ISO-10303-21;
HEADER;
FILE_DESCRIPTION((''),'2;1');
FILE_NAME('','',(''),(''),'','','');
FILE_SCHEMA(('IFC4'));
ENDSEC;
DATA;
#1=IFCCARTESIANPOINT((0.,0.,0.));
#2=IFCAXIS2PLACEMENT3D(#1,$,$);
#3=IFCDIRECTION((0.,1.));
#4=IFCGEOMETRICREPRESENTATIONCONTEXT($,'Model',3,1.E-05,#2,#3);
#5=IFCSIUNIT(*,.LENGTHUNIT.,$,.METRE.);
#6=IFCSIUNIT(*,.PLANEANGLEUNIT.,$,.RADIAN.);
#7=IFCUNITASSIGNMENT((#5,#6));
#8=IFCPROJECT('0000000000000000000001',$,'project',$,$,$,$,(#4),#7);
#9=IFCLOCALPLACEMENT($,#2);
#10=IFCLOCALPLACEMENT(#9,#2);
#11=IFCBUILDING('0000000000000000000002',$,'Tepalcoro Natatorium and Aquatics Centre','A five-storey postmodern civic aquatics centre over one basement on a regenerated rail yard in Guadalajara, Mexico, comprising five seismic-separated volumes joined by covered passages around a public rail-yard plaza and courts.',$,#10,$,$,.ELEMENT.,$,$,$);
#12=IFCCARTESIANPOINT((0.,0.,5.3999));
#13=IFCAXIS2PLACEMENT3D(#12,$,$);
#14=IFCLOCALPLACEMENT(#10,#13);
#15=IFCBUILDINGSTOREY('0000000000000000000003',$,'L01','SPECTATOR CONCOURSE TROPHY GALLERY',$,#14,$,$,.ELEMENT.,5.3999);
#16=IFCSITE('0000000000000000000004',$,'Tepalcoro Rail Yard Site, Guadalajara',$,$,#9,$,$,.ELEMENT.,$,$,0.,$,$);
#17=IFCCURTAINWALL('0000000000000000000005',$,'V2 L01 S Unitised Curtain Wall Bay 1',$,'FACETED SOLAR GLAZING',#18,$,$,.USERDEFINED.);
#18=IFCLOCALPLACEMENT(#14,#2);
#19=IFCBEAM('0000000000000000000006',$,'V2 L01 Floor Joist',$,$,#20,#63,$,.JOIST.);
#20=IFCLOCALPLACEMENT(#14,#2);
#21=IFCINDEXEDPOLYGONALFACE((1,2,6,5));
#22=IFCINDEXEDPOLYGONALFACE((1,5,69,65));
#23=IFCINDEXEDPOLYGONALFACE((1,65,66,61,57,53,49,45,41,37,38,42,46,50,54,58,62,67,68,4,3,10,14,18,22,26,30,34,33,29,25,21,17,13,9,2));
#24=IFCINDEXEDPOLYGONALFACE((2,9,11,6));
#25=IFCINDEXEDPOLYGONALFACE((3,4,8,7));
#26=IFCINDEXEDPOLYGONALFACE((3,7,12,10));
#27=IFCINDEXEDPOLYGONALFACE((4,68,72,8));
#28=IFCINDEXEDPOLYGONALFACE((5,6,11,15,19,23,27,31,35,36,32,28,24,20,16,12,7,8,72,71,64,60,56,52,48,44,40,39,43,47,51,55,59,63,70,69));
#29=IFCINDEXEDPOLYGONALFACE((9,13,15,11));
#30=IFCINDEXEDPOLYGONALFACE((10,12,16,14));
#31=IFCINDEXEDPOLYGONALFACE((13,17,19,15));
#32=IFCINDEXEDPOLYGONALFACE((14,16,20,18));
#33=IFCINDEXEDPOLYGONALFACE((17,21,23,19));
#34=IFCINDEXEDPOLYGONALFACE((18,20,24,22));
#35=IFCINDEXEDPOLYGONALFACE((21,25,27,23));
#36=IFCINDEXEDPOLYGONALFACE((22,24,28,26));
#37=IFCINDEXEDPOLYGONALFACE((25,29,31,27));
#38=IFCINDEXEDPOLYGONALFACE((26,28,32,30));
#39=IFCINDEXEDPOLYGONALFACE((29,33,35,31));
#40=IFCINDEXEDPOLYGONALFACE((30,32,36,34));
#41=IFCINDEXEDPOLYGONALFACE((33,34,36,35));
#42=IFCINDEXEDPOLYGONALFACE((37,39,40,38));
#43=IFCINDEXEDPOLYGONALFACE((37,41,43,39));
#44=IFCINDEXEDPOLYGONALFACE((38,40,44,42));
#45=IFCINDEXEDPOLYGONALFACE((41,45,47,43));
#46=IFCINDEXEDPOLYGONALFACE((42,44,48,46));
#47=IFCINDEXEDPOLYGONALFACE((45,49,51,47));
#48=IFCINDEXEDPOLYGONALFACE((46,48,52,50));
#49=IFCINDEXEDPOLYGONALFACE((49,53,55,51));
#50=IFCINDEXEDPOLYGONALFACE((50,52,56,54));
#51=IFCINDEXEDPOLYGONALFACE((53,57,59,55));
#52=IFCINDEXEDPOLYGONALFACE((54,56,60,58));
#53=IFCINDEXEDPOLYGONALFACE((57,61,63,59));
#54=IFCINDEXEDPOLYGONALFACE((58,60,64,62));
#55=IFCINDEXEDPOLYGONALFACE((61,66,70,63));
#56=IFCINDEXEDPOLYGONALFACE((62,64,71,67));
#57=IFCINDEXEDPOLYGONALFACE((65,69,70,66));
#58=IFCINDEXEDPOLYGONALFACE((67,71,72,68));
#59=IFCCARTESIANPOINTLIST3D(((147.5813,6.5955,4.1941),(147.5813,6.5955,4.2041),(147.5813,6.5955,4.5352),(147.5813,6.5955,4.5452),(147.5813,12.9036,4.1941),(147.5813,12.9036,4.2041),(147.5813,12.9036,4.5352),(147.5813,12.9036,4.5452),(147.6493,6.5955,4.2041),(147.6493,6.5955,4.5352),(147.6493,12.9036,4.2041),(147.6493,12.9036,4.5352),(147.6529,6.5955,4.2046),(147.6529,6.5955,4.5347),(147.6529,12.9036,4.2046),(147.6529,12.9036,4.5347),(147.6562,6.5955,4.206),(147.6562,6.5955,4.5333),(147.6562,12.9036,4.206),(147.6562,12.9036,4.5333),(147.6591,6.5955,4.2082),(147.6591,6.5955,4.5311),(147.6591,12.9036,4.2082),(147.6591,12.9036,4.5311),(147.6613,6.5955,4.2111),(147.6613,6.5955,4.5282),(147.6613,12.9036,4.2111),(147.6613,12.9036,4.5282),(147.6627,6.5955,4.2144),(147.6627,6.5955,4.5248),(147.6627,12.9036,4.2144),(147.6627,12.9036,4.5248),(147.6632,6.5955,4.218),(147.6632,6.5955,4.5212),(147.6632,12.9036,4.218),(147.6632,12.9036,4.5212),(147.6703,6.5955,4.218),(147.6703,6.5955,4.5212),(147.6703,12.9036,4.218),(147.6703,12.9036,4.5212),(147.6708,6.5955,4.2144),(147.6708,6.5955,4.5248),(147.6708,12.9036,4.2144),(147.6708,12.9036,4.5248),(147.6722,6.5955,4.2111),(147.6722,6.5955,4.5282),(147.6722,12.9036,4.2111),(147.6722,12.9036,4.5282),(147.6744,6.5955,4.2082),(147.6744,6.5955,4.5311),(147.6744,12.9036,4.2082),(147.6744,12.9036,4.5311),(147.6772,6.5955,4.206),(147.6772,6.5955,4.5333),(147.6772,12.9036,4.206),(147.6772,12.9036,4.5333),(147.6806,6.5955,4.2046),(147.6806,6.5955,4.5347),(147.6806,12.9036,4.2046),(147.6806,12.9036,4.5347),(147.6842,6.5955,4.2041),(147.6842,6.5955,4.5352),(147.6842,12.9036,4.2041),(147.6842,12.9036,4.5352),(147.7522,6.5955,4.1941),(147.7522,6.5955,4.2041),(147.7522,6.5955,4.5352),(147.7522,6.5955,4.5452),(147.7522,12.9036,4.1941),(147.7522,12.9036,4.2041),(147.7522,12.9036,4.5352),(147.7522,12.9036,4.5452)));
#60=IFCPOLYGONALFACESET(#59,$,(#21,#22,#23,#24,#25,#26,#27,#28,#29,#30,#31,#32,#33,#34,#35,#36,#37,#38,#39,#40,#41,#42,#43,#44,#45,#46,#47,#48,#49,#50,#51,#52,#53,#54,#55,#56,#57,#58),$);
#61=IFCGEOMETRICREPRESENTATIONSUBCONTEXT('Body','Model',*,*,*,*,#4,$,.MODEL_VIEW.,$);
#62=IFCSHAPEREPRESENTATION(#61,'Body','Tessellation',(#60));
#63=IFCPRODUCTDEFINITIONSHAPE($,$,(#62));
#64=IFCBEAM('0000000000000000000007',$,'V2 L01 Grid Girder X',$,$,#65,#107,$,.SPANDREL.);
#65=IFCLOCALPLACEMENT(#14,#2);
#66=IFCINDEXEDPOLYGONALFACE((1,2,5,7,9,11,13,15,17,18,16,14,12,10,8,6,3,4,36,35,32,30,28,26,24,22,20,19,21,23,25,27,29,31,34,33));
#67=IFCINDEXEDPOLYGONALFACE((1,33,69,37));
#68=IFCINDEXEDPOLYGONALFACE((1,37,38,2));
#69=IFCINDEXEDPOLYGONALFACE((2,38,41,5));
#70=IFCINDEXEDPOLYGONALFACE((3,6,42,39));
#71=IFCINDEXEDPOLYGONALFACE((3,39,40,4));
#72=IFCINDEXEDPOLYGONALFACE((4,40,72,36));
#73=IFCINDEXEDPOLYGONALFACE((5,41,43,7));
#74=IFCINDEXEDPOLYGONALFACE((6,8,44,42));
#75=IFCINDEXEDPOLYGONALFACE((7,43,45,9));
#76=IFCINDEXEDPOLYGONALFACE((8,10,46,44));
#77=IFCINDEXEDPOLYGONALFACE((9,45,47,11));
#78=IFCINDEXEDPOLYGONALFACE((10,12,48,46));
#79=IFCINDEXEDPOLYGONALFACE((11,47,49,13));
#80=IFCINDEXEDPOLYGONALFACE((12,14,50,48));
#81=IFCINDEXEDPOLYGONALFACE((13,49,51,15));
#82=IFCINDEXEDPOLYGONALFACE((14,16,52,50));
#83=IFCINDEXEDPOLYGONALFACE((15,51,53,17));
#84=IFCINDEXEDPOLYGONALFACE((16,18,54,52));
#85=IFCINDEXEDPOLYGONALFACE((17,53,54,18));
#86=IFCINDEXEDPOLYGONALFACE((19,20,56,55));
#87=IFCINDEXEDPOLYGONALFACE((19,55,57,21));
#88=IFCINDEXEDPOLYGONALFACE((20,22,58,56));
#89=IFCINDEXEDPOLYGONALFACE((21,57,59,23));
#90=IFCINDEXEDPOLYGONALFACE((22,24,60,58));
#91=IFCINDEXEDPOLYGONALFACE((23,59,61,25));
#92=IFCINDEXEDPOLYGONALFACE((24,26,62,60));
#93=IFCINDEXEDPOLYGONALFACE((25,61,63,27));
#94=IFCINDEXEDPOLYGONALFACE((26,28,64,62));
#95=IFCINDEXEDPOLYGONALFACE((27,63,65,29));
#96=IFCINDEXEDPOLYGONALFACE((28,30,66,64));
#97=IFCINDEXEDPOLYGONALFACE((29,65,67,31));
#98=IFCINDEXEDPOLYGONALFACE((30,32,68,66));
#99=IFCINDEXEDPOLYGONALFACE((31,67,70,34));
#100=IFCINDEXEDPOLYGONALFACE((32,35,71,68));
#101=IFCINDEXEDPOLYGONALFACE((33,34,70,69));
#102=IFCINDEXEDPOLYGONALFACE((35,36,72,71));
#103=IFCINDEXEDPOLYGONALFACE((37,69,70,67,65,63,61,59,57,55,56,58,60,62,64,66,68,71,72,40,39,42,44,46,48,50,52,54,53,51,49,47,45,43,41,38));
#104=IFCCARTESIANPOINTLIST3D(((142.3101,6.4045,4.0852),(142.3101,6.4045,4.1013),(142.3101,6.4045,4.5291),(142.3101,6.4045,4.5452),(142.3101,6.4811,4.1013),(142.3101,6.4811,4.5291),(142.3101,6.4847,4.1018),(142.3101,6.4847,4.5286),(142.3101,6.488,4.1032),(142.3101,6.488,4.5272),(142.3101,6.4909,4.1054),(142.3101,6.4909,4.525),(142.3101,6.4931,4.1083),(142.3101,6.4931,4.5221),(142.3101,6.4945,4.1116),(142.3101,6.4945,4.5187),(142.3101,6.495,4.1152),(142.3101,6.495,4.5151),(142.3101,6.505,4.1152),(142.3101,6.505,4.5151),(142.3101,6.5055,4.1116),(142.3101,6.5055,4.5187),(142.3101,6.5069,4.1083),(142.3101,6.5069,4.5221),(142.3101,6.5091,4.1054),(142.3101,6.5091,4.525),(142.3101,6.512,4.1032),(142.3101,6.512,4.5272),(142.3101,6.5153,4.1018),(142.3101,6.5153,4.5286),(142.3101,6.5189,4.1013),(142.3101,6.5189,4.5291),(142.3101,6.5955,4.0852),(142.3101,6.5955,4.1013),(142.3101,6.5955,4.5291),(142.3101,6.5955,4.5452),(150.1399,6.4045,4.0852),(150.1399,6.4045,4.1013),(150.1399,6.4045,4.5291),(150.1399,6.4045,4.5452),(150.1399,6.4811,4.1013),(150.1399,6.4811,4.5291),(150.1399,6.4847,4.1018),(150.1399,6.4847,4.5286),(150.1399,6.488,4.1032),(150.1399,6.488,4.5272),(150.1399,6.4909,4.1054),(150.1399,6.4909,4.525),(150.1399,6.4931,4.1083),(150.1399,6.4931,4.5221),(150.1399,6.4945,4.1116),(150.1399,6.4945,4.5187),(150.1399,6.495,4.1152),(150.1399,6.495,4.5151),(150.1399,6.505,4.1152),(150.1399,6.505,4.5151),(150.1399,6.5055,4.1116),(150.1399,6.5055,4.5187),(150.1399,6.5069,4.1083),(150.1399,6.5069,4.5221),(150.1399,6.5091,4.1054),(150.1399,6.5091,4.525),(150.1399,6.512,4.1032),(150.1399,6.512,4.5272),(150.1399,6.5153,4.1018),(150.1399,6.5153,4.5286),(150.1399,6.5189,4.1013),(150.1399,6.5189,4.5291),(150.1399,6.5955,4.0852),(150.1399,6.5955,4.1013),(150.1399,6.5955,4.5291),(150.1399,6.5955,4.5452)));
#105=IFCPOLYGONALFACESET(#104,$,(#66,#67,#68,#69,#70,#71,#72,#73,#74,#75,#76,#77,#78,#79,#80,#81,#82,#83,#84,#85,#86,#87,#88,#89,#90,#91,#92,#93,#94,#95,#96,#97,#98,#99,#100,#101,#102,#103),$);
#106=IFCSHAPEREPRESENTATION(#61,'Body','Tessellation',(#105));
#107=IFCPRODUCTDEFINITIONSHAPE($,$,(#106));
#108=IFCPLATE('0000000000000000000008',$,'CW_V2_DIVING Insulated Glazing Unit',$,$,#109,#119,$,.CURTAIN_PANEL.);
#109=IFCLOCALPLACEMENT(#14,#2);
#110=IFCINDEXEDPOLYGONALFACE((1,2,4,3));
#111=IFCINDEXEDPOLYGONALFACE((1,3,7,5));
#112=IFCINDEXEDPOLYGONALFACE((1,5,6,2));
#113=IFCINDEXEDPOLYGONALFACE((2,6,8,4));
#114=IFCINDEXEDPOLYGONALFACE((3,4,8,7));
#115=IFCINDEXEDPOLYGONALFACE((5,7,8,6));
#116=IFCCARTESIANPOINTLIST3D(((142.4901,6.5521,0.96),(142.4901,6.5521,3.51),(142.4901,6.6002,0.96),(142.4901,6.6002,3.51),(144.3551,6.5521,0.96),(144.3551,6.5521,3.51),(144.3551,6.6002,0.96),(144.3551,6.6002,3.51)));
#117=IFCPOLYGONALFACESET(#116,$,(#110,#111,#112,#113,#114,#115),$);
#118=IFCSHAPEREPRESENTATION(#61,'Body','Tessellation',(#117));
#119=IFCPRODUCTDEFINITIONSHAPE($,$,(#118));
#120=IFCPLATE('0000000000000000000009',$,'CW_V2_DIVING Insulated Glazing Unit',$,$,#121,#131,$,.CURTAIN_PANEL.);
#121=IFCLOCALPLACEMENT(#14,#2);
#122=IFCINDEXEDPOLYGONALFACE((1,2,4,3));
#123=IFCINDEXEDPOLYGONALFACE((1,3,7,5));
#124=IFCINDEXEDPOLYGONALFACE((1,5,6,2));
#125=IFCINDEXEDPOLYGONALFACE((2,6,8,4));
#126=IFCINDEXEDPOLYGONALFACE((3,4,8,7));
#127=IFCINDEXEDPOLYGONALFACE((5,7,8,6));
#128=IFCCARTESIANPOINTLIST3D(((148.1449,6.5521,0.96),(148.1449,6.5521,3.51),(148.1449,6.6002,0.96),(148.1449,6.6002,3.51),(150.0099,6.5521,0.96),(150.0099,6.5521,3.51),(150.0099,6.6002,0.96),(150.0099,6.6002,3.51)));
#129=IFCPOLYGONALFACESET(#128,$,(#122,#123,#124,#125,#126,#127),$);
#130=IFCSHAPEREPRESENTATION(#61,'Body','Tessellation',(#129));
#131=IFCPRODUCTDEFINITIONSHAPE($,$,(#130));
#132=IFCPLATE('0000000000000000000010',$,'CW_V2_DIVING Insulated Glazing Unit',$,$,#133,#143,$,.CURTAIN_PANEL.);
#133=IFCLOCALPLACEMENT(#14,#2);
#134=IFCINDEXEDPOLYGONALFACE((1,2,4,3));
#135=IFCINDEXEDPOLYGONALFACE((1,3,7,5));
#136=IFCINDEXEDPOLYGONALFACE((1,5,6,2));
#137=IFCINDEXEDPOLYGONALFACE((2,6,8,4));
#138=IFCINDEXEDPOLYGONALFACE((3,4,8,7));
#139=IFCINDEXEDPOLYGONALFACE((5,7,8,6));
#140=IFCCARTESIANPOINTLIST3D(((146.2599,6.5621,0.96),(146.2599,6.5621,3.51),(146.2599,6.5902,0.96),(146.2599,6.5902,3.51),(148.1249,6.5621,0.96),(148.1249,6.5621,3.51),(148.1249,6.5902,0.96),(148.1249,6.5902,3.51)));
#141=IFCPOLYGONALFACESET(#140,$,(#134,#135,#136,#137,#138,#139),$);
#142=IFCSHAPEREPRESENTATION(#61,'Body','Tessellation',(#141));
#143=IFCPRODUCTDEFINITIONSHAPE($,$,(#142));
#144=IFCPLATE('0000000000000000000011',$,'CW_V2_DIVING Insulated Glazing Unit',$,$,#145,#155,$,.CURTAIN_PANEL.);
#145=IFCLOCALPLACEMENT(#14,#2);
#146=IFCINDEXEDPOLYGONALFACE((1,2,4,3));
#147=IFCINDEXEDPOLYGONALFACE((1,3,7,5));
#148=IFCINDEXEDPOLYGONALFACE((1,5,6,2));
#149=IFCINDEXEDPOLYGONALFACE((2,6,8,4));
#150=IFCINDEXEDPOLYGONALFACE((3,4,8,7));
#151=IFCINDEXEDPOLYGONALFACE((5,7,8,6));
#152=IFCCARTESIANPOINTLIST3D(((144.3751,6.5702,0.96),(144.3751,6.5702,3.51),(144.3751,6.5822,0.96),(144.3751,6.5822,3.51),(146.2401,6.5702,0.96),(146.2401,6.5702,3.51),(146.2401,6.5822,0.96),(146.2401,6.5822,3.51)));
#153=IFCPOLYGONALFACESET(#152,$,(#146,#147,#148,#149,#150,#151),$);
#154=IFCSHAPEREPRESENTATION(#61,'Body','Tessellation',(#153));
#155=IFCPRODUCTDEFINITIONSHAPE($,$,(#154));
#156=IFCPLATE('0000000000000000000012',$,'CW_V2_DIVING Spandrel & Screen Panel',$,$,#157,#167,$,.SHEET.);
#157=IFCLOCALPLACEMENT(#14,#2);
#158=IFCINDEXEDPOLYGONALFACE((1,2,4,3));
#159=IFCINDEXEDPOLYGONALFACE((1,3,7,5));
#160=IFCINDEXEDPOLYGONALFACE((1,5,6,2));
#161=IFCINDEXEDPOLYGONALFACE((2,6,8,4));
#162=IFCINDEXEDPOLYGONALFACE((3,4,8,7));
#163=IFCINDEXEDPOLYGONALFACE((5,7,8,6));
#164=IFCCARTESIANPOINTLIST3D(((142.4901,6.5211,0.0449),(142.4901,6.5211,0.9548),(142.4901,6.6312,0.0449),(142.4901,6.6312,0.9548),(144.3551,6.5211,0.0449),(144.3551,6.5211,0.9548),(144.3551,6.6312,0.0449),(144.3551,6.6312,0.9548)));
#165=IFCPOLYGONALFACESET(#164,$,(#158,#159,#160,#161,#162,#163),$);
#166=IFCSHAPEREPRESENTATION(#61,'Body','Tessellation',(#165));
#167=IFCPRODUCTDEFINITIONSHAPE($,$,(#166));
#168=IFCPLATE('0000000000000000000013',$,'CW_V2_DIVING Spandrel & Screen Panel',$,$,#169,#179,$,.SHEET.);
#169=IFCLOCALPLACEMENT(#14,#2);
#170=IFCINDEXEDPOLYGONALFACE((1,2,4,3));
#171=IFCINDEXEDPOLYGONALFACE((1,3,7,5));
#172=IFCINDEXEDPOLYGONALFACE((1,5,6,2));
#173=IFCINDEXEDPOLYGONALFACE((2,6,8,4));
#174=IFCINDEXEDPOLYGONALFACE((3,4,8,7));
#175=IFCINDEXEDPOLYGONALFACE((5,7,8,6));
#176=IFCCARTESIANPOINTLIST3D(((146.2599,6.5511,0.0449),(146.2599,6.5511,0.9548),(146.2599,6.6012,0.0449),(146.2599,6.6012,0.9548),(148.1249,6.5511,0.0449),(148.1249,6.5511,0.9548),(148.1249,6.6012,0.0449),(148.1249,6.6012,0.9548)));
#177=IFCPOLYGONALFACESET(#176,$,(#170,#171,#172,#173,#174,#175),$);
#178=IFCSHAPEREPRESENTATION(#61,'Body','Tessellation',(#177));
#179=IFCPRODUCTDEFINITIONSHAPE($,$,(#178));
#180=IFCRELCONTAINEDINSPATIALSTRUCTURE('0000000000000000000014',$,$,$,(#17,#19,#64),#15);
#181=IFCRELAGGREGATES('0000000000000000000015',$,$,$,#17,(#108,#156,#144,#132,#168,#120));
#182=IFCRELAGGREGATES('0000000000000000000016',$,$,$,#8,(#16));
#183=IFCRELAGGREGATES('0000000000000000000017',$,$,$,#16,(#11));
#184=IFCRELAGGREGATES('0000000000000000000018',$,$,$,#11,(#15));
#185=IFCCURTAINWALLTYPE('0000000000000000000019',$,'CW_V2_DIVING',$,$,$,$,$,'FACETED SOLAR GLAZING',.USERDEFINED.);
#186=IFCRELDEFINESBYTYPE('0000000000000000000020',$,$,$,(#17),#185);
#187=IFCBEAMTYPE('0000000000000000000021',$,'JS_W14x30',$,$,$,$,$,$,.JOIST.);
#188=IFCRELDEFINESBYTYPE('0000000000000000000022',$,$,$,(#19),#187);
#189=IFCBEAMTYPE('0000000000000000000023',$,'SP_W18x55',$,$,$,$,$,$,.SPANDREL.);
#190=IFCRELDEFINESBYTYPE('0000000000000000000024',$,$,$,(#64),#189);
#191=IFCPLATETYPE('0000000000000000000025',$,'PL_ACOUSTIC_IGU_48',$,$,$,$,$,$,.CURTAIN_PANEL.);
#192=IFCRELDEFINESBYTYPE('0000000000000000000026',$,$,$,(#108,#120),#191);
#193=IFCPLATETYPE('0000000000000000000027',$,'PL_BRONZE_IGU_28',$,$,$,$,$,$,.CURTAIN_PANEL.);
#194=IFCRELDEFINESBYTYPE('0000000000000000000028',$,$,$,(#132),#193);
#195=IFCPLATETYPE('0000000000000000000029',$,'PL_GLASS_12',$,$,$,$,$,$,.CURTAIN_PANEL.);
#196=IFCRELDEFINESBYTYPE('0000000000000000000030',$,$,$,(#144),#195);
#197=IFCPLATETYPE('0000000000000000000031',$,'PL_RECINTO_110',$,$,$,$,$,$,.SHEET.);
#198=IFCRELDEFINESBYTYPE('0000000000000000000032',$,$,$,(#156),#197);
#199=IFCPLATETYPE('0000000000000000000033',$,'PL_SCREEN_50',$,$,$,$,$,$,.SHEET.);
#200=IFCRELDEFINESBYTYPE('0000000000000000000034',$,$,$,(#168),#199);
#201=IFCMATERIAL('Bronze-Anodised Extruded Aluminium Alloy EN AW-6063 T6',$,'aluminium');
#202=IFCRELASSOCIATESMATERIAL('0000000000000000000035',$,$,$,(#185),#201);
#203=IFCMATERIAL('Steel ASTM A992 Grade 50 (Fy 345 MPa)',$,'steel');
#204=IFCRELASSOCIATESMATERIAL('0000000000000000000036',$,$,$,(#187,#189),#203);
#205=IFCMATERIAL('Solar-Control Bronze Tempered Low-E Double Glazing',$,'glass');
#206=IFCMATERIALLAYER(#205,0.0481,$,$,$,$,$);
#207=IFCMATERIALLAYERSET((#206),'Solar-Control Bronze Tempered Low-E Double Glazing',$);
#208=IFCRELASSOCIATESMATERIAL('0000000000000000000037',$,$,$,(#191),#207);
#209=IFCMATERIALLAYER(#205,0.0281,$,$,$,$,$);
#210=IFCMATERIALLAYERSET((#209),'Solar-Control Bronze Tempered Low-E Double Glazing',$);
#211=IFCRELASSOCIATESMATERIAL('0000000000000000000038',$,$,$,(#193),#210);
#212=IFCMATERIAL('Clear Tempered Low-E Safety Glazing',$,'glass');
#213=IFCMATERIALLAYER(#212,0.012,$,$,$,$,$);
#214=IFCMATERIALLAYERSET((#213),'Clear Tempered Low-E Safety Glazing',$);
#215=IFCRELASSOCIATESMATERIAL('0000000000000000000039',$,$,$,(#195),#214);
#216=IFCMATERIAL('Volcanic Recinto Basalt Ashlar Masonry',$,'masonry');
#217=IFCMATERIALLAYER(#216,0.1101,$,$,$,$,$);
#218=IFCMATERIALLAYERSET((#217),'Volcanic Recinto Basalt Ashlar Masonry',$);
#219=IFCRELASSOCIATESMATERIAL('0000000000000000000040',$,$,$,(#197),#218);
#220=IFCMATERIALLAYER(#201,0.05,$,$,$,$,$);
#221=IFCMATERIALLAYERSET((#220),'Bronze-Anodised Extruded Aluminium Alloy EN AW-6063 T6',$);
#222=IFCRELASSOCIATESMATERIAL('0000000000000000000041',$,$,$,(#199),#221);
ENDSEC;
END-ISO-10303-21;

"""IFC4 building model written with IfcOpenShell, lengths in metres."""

from ifc_helpers import new_model, si_unit, direction, frame, origin, origin_2d, place, context, subcontext, project, spatial, rectangle, i_section, extrude, material, layer, layer_set, material_profile, profile_set, type_object, element, aggregate, save


model = new_model("IFC4")

# Units and contexts
model_context = context("Model", 3, precision=1e-05, world=origin(), true_north=direction((0.0, 1.0)))
body_context = subcontext(model_context, "Body", "Model", "MODEL_VIEW")
ifc_project = project(units=[si_unit("LENGTHUNIT", "METRE"), si_unit("PLANEANGLEUNIT", "RADIAN")], contexts=[model_context])

# Site, building, storey
site_placement = place(None, origin())
site = spatial("IfcSite", under=ifc_project, at=site_placement, Name="Tepalcoro Rail Yard Site, Guadalajara", CompositionType="ELEMENT", RefElevation=0.0)
building_placement = place(site_placement, origin())
building = spatial("IfcBuilding", under=site, at=building_placement, Name="Tepalcoro Natatorium and Aquatics Centre", Description="A five-storey postmodern civic aquatics centre over one basement on a regenerated rail yard in Guadalajara, Mexico, comprising five seismic-separated volumes joined by covered passages around a public rail-yard plaza and courts.", CompositionType="ELEMENT")
storey_placement = place(building_placement, frame((0.0, 0.0, 5.3999)))
storey = spatial("IfcBuildingStorey", under=building, at=storey_placement, Name="L01", Description="SPECTATOR CONCOURSE TROPHY GALLERY", CompositionType="ELEMENT", Elevation=5.3999)

# Curtain wall
ifc_material_1 = material(Name="Bronze-Anodised Extruded Aluminium Alloy EN AW-6063 T6", Category="aluminium")
curtain_wall_type = type_object("IfcCurtainWallType", Name="CW_V2_DIVING", ElementType="FACETED SOLAR GLAZING", PredefinedType="USERDEFINED", material=ifc_material_1)
curtain_wall_placement = place(storey_placement, origin())
curtain_wall = element("IfcCurtainWall", 1, at=curtain_wall_placement, inside=storey, type_object=curtain_wall_type, Name="V2 L01 S Unitised Curtain Wall Bay 1", ObjectType="FACETED SOLAR GLAZING", PredefinedType="USERDEFINED")

# Beams
ifc_material_2 = material(Name="Steel ASTM A992 Grade 50 (Fy 345 MPa)", Category="steel")
ifc_material_profile_1 = material_profile(ifc_material_2, i_section(OverallWidth=0.1709, OverallDepth=0.3511, WebThickness=0.0071, FlangeThickness=0.01, FilletRadius=0.0139, at=origin_2d()), Name="W14X30")
ifc_profile_set_1 = profile_set([ifc_material_profile_1], Name="Steel ASTM A992 Grade 50 (Fy 345 MPa)")
beam_type_1 = type_object("IfcBeamType", Name="JS_W14x30", PredefinedType="JOIST", material=ifc_profile_set_1)
beam_1_placement = place(storey_placement, frame((147.6667, 6.5955, 4.3696), z_axis=(0.0, 1.0, 0.0), x_axis=(-1.0, 0.0, 0.0)))
element("IfcBeam", 2, at=beam_1_placement, inside=storey, type_object=beam_type_1, Name="V2 L01 Floor Joist", PredefinedType="JOIST", context=body_context, shape_type="SweptSolid", body=[
    extrude(i_section(OverallWidth=0.1709, OverallDepth=0.3511, WebThickness=0.0071, FlangeThickness=0.01, FilletRadius=0.0139, at=origin_2d()), origin(), (0.0, 0.0, 1.0), 6.3081),
])
ifc_material_profile_2 = material_profile(ifc_material_2, i_section(OverallWidth=0.1909, OverallDepth=0.46, WebThickness=0.01, FlangeThickness=0.0161, FilletRadius=0.0139, at=origin_2d()), Name="W18X55")
ifc_profile_set_2 = profile_set([ifc_material_profile_2], Name="Steel ASTM A992 Grade 50 (Fy 345 MPa)")
beam_type_2 = type_object("IfcBeamType", Name="SP_W18x55", PredefinedType="SPANDREL", material=ifc_profile_set_2)
beam_2_placement = place(storey_placement, frame((142.3101, 6.5, 4.3152), z_axis=(1.0, 0.0, 0.0), x_axis=(0.0, 1.0, 0.0)))
element("IfcBeam", 3, at=beam_2_placement, inside=storey, type_object=beam_type_2, Name="V2 L01 Grid Girder X", PredefinedType="SPANDREL", context=body_context, shape_type="SweptSolid", body=[
    extrude(i_section(OverallWidth=0.1909, OverallDepth=0.46, WebThickness=0.01, FlangeThickness=0.0161, FilletRadius=0.0139, at=origin_2d()), origin(), (0.0, 0.0, 1.0), 7.8298),
])

# Plates
ifc_material_3 = material(Name="Solar-Control Bronze Tempered Low-E Double Glazing", Category="glass")
ifc_layer_1 = layer(ifc_material_3, 0.0481)
ifc_layer_set_1 = layer_set([ifc_layer_1], Name="Solar-Control Bronze Tempered Low-E Double Glazing")
plate_type_1 = type_object("IfcPlateType", Name="PL_ACOUSTIC_IGU_48", PredefinedType="CURTAIN_PANEL", material=ifc_layer_set_1)
plate_1_placement = place(storey_placement, frame((143.4226, 6.5762, 0.96), z_axis=(0.0, 0.0, 1.0), x_axis=(1.0, 0.0, 0.0)))
plate_1 = element("IfcPlate", 4, at=plate_1_placement, type_object=plate_type_1, Name="CW_V2_DIVING Insulated Glazing Unit", PredefinedType="CURTAIN_PANEL", context=body_context, shape_type="SweptSolid", body=[
    extrude(rectangle(XDim=1.865, YDim=0.0481, at=origin_2d()), origin(), (0.0, 0.0, 1.0), 2.55),
])
plate_2_placement = place(storey_placement, frame((149.0774, 6.5762, 0.96), z_axis=(0.0, 0.0, 1.0), x_axis=(1.0, 0.0, 0.0)))
plate_2 = element("IfcPlate", 5, at=plate_2_placement, type_object=plate_type_1, Name="CW_V2_DIVING Insulated Glazing Unit", PredefinedType="CURTAIN_PANEL", context=body_context, shape_type="SweptSolid", body=[
    extrude(rectangle(XDim=1.865, YDim=0.0481, at=origin_2d()), origin(), (0.0, 0.0, 1.0), 2.55),
])
ifc_layer_2 = layer(ifc_material_3, 0.0281)
ifc_layer_set_2 = layer_set([ifc_layer_2], Name="Solar-Control Bronze Tempered Low-E Double Glazing")
plate_type_2 = type_object("IfcPlateType", Name="PL_BRONZE_IGU_28", PredefinedType="CURTAIN_PANEL", material=ifc_layer_set_2)
plate_3_placement = place(storey_placement, frame((147.1924, 6.5762, 0.96), z_axis=(0.0, 0.0, 1.0), x_axis=(1.0, 0.0, 0.0)))
plate_3 = element("IfcPlate", 6, at=plate_3_placement, type_object=plate_type_2, Name="CW_V2_DIVING Insulated Glazing Unit", PredefinedType="CURTAIN_PANEL", context=body_context, shape_type="SweptSolid", body=[
    extrude(rectangle(XDim=1.865, YDim=0.0281, at=origin_2d()), origin(), (0.0, 0.0, 1.0), 2.55),
])
ifc_material_4 = material(Name="Clear Tempered Low-E Safety Glazing", Category="glass")
ifc_layer_3 = layer(ifc_material_4, 0.012)
ifc_layer_set_3 = layer_set([ifc_layer_3], Name="Clear Tempered Low-E Safety Glazing")
plate_type_3 = type_object("IfcPlateType", Name="PL_GLASS_12", PredefinedType="CURTAIN_PANEL", material=ifc_layer_set_3)
plate_4_placement = place(storey_placement, frame((145.3076, 6.5762, 0.96), z_axis=(0.0, 0.0, 1.0), x_axis=(1.0, 0.0, 0.0)))
plate_4 = element("IfcPlate", 7, at=plate_4_placement, type_object=plate_type_3, Name="CW_V2_DIVING Insulated Glazing Unit", PredefinedType="CURTAIN_PANEL", context=body_context, shape_type="SweptSolid", body=[
    extrude(rectangle(XDim=1.865, YDim=0.012, at=origin_2d()), origin(), (0.0, 0.0, 1.0), 2.55),
])
ifc_material_5 = material(Name="Volcanic Recinto Basalt Ashlar Masonry", Category="masonry")
ifc_layer_4 = layer(ifc_material_5, 0.1101)
ifc_layer_set_4 = layer_set([ifc_layer_4], Name="Volcanic Recinto Basalt Ashlar Masonry")
plate_type_4 = type_object("IfcPlateType", Name="PL_RECINTO_110", PredefinedType="SHEET", material=ifc_layer_set_4)
plate_5_placement = place(storey_placement, frame((143.4226, 6.5762, 0.0449), z_axis=(0.0, 0.0, 1.0), x_axis=(1.0, 0.0, 0.0)))
plate_5 = element("IfcPlate", 8, at=plate_5_placement, type_object=plate_type_4, Name="CW_V2_DIVING Spandrel & Screen Panel", PredefinedType="SHEET", context=body_context, shape_type="SweptSolid", body=[
    extrude(rectangle(XDim=1.865, YDim=0.1101, at=origin_2d()), origin(), (0.0, 0.0, 1.0), 0.9099),
])
ifc_layer_5 = layer(ifc_material_1, 0.05)
ifc_layer_set_5 = layer_set([ifc_layer_5], Name="Bronze-Anodised Extruded Aluminium Alloy EN AW-6063 T6")
plate_type_5 = type_object("IfcPlateType", Name="PL_SCREEN_50", PredefinedType="SHEET", material=ifc_layer_set_5)
plate_6_placement = place(storey_placement, frame((147.1924, 6.5762, 0.0449), z_axis=(0.0, 0.0, 1.0), x_axis=(1.0, 0.0, 0.0)))
plate_6 = element("IfcPlate", 9, at=plate_6_placement, type_object=plate_type_5, Name="CW_V2_DIVING Spandrel & Screen Panel", PredefinedType="SHEET", context=body_context, shape_type="SweptSolid", body=[
    extrude(rectangle(XDim=1.865, YDim=0.05, at=origin_2d()), origin(), (0.0, 0.0, 1.0), 0.9099),
])
aggregate(curtain_wall, [plate_1, plate_5, plate_4, plate_3, plate_6, plate_2])

save(model, "model.ifc")
